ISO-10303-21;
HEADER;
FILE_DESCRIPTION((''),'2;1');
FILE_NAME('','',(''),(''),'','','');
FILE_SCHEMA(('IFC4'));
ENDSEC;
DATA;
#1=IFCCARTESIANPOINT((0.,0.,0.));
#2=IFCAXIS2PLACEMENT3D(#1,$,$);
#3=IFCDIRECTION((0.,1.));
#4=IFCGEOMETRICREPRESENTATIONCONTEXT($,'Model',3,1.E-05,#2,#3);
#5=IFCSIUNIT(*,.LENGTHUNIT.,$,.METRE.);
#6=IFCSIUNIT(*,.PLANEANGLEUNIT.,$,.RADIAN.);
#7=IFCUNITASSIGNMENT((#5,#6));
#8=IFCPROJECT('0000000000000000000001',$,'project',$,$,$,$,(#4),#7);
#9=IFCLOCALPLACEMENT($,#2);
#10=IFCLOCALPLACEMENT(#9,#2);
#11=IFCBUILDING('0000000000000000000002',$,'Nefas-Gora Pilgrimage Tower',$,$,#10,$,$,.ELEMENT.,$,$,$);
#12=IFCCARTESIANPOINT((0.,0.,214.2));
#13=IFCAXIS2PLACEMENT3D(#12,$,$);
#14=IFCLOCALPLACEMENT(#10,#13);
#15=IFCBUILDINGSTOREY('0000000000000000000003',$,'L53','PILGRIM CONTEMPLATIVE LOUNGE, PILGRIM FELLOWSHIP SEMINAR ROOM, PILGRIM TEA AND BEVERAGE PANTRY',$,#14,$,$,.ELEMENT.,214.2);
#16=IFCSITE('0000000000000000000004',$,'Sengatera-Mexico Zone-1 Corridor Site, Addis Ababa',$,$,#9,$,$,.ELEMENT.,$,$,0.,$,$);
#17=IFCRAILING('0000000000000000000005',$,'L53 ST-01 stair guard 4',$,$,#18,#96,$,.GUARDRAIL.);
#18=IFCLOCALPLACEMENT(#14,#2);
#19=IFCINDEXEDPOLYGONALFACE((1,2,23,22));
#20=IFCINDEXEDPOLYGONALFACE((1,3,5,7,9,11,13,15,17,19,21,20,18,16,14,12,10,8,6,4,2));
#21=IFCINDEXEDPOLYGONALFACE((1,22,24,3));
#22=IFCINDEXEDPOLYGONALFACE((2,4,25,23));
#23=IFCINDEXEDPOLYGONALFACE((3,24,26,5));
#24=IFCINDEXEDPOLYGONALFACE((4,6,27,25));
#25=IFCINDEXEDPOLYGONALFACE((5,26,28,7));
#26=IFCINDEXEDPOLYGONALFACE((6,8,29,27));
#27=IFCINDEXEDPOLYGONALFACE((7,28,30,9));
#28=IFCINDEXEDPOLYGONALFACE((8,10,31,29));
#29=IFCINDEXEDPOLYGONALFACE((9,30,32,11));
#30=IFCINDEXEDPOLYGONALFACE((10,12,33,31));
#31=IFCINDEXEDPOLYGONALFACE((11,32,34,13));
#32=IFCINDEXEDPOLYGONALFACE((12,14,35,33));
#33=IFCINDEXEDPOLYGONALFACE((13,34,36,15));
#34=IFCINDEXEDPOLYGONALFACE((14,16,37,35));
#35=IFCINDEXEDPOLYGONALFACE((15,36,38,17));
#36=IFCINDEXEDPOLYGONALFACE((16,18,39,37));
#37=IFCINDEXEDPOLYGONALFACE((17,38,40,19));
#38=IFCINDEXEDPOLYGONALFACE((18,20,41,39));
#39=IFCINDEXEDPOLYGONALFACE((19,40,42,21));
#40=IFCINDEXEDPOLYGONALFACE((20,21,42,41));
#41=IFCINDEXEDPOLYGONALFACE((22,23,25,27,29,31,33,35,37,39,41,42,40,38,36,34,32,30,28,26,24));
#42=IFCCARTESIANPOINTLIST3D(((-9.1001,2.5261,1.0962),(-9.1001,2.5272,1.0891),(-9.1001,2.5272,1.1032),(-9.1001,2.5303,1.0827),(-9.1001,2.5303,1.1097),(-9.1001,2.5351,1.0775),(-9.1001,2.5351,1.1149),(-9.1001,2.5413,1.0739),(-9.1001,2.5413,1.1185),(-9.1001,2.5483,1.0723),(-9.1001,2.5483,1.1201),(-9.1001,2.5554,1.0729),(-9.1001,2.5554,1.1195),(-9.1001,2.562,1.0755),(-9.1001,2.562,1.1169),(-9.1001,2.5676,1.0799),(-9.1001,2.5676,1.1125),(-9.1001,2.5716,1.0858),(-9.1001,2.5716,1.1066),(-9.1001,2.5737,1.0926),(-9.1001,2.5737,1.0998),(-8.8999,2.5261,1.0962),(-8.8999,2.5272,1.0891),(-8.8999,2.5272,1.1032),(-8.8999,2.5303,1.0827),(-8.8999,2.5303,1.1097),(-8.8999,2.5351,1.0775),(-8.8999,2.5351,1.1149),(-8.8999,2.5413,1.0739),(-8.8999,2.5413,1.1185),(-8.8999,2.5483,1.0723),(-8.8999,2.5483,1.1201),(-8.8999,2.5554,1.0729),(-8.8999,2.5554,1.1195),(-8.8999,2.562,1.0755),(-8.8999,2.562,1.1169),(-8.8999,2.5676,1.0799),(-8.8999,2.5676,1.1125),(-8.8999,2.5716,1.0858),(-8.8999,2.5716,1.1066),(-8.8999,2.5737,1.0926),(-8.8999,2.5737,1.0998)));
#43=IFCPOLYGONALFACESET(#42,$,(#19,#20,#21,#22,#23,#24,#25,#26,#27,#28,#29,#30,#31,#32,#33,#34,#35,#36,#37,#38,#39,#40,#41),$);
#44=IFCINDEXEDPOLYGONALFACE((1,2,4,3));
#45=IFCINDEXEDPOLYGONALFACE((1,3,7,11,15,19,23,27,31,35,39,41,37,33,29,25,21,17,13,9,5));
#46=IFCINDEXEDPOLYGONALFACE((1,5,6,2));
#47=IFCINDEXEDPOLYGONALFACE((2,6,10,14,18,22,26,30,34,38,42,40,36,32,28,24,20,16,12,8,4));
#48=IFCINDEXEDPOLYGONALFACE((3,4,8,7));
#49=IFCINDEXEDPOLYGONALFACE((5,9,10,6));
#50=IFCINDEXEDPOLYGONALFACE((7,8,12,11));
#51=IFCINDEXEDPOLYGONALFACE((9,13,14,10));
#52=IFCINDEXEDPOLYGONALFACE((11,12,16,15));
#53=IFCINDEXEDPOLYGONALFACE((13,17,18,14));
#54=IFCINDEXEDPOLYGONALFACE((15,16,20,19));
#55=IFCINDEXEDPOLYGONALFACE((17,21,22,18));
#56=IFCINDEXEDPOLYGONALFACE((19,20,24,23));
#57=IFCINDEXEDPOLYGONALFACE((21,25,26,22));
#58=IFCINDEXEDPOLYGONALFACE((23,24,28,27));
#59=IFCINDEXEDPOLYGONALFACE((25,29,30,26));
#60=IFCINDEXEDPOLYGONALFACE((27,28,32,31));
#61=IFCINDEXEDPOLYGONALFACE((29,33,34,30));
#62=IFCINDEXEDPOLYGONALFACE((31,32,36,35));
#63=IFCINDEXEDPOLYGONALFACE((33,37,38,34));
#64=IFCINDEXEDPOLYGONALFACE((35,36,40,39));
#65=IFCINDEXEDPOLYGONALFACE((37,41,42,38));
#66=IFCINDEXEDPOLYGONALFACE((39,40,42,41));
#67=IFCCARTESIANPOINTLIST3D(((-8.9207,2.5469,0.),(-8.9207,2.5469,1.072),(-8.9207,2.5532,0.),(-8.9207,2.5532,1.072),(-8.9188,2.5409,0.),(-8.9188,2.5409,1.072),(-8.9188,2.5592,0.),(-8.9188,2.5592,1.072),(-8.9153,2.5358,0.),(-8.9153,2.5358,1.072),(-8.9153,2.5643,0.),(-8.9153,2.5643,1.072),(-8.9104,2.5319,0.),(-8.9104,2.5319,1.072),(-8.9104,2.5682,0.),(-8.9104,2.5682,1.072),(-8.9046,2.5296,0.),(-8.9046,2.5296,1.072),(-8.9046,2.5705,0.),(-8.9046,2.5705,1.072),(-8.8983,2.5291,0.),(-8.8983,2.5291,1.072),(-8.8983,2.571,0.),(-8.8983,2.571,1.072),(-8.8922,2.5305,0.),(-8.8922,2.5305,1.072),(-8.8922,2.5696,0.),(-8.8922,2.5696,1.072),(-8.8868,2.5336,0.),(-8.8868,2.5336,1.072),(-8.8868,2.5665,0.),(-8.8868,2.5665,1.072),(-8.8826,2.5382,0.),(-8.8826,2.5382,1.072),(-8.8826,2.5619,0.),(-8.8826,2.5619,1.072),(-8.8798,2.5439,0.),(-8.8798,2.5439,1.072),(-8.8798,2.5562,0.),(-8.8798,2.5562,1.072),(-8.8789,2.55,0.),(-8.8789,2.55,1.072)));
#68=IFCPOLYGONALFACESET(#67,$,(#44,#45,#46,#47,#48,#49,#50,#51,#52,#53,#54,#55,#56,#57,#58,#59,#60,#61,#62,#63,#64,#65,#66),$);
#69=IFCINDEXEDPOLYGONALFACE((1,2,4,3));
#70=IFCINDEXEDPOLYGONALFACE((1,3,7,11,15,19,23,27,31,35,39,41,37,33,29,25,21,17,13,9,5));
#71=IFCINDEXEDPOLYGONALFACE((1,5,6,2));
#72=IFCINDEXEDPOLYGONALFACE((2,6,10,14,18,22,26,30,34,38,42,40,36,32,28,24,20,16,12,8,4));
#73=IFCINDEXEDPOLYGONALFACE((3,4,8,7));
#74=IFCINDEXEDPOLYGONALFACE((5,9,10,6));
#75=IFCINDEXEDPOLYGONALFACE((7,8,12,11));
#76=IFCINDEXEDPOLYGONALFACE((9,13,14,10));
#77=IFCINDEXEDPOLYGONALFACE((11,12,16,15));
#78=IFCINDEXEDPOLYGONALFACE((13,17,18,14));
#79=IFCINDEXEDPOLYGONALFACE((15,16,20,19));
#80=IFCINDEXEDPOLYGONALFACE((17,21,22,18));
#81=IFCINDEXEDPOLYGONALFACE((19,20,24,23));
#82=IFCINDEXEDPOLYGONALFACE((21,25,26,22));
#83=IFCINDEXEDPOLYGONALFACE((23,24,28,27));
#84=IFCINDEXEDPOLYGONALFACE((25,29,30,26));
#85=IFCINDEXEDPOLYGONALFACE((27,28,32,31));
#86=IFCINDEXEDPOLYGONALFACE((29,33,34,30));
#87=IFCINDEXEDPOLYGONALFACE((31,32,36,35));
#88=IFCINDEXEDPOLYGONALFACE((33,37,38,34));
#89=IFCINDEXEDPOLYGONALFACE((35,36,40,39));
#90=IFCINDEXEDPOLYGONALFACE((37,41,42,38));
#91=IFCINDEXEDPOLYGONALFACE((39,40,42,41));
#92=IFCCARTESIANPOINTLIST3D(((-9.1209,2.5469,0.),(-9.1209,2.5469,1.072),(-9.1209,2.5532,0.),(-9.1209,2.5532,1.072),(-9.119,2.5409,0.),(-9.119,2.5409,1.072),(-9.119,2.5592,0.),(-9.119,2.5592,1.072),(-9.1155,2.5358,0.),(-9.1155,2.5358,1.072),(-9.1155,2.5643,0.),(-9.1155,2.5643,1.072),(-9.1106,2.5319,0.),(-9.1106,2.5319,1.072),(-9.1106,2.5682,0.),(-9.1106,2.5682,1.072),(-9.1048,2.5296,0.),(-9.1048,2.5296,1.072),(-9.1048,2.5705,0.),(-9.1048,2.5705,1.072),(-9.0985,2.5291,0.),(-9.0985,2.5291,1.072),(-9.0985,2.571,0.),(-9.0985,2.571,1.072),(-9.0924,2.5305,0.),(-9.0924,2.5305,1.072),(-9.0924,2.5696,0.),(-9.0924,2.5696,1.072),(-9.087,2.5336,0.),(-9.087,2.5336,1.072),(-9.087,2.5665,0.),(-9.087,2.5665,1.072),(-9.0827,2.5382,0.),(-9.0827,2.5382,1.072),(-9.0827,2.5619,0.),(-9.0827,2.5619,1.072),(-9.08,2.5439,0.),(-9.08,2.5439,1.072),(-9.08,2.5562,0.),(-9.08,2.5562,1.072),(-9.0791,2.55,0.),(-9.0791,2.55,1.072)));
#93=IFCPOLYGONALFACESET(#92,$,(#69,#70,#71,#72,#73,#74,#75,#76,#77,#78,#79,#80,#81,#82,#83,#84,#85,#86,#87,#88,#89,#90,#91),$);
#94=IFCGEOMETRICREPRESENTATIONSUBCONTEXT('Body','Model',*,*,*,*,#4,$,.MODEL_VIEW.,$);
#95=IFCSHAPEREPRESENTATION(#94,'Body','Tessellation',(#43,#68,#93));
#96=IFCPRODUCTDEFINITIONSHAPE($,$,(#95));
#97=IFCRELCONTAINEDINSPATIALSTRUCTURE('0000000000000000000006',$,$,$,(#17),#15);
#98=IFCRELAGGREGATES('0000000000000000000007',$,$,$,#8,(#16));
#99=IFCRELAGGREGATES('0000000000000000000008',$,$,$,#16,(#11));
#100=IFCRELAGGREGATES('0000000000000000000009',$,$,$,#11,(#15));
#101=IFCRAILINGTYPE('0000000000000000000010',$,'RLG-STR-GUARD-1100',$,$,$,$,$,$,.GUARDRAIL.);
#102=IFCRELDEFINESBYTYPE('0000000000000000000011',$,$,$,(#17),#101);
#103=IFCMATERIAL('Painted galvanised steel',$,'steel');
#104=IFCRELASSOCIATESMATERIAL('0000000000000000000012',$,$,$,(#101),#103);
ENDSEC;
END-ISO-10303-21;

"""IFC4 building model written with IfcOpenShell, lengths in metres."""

from ifc_helpers import new_model, si_unit, direction, frame, origin, origin_2d, place, context, subcontext, project, spatial, circle, extrude, material, type_object, element, save


model = new_model("IFC4")

# Units and contexts
model_context = context("Model", 3, precision=1e-05, world=origin(), true_north=direction((0.0, 1.0)))
body_context = subcontext(model_context, "Body", "Model", "MODEL_VIEW")
ifc_project = project(units=[si_unit("LENGTHUNIT", "METRE"), si_unit("PLANEANGLEUNIT", "RADIAN")], contexts=[model_context])

# Site, building, storey
site_placement = place(None, origin())
site = spatial("IfcSite", under=ifc_project, at=site_placement, Name="Sengatera-Mexico Zone-1 Corridor Site, Addis Ababa", CompositionType="ELEMENT", RefElevation=0.0)
building_placement = place(site_placement, origin())
building = spatial("IfcBuilding", under=site, at=building_placement, Name="Nefas-Gora Pilgrimage Tower", CompositionType="ELEMENT")
storey_placement = place(building_placement, frame((0.0, 0.0, 214.2)))
storey = spatial("IfcBuildingStorey", under=building, at=storey_placement, Name="L53", Description="PILGRIM CONTEMPLATIVE LOUNGE, PILGRIM FELLOWSHIP SEMINAR ROOM, PILGRIM TEA AND BEVERAGE PANTRY", CompositionType="ELEMENT", Elevation=214.2)

# Railing
ifc_material_1 = material(Name="Painted galvanised steel", Category="steel")
railing_type_1 = type_object("IfcRailingType", Name="RLG-STR-GUARD-1100", PredefinedType="GUARDRAIL", material=ifc_material_1)
railing_1_placement = place(storey_placement, frame((-8.8999, 2.55, 0.0)))
element("IfcRailing", 1, at=railing_1_placement, inside=storey, type_object=railing_type_1, Name="L53 ST-01 stair guard 4", PredefinedType="GUARDRAIL", context=body_context, shape_type="SweptSolid", body=[
    extrude(circle(Radius=0.0239, at=origin_2d()), frame((0.0, 0.0, 1.0962), z_axis=(-1.0, 0.0, 0.0), x_axis=(0.0, -1.0, 0.0)), (0.0, 0.0, 1.0), 0.2002),
    extrude(circle(Radius=0.021, at=origin_2d()), origin(), (0.0, 0.0, 1.0), 1.072),
    extrude(circle(Radius=0.021, at=origin_2d()), frame((-0.2002, 0.0, 0.0)), (0.0, 0.0, 1.0), 1.072),
])

save(model, "model.ifc")
